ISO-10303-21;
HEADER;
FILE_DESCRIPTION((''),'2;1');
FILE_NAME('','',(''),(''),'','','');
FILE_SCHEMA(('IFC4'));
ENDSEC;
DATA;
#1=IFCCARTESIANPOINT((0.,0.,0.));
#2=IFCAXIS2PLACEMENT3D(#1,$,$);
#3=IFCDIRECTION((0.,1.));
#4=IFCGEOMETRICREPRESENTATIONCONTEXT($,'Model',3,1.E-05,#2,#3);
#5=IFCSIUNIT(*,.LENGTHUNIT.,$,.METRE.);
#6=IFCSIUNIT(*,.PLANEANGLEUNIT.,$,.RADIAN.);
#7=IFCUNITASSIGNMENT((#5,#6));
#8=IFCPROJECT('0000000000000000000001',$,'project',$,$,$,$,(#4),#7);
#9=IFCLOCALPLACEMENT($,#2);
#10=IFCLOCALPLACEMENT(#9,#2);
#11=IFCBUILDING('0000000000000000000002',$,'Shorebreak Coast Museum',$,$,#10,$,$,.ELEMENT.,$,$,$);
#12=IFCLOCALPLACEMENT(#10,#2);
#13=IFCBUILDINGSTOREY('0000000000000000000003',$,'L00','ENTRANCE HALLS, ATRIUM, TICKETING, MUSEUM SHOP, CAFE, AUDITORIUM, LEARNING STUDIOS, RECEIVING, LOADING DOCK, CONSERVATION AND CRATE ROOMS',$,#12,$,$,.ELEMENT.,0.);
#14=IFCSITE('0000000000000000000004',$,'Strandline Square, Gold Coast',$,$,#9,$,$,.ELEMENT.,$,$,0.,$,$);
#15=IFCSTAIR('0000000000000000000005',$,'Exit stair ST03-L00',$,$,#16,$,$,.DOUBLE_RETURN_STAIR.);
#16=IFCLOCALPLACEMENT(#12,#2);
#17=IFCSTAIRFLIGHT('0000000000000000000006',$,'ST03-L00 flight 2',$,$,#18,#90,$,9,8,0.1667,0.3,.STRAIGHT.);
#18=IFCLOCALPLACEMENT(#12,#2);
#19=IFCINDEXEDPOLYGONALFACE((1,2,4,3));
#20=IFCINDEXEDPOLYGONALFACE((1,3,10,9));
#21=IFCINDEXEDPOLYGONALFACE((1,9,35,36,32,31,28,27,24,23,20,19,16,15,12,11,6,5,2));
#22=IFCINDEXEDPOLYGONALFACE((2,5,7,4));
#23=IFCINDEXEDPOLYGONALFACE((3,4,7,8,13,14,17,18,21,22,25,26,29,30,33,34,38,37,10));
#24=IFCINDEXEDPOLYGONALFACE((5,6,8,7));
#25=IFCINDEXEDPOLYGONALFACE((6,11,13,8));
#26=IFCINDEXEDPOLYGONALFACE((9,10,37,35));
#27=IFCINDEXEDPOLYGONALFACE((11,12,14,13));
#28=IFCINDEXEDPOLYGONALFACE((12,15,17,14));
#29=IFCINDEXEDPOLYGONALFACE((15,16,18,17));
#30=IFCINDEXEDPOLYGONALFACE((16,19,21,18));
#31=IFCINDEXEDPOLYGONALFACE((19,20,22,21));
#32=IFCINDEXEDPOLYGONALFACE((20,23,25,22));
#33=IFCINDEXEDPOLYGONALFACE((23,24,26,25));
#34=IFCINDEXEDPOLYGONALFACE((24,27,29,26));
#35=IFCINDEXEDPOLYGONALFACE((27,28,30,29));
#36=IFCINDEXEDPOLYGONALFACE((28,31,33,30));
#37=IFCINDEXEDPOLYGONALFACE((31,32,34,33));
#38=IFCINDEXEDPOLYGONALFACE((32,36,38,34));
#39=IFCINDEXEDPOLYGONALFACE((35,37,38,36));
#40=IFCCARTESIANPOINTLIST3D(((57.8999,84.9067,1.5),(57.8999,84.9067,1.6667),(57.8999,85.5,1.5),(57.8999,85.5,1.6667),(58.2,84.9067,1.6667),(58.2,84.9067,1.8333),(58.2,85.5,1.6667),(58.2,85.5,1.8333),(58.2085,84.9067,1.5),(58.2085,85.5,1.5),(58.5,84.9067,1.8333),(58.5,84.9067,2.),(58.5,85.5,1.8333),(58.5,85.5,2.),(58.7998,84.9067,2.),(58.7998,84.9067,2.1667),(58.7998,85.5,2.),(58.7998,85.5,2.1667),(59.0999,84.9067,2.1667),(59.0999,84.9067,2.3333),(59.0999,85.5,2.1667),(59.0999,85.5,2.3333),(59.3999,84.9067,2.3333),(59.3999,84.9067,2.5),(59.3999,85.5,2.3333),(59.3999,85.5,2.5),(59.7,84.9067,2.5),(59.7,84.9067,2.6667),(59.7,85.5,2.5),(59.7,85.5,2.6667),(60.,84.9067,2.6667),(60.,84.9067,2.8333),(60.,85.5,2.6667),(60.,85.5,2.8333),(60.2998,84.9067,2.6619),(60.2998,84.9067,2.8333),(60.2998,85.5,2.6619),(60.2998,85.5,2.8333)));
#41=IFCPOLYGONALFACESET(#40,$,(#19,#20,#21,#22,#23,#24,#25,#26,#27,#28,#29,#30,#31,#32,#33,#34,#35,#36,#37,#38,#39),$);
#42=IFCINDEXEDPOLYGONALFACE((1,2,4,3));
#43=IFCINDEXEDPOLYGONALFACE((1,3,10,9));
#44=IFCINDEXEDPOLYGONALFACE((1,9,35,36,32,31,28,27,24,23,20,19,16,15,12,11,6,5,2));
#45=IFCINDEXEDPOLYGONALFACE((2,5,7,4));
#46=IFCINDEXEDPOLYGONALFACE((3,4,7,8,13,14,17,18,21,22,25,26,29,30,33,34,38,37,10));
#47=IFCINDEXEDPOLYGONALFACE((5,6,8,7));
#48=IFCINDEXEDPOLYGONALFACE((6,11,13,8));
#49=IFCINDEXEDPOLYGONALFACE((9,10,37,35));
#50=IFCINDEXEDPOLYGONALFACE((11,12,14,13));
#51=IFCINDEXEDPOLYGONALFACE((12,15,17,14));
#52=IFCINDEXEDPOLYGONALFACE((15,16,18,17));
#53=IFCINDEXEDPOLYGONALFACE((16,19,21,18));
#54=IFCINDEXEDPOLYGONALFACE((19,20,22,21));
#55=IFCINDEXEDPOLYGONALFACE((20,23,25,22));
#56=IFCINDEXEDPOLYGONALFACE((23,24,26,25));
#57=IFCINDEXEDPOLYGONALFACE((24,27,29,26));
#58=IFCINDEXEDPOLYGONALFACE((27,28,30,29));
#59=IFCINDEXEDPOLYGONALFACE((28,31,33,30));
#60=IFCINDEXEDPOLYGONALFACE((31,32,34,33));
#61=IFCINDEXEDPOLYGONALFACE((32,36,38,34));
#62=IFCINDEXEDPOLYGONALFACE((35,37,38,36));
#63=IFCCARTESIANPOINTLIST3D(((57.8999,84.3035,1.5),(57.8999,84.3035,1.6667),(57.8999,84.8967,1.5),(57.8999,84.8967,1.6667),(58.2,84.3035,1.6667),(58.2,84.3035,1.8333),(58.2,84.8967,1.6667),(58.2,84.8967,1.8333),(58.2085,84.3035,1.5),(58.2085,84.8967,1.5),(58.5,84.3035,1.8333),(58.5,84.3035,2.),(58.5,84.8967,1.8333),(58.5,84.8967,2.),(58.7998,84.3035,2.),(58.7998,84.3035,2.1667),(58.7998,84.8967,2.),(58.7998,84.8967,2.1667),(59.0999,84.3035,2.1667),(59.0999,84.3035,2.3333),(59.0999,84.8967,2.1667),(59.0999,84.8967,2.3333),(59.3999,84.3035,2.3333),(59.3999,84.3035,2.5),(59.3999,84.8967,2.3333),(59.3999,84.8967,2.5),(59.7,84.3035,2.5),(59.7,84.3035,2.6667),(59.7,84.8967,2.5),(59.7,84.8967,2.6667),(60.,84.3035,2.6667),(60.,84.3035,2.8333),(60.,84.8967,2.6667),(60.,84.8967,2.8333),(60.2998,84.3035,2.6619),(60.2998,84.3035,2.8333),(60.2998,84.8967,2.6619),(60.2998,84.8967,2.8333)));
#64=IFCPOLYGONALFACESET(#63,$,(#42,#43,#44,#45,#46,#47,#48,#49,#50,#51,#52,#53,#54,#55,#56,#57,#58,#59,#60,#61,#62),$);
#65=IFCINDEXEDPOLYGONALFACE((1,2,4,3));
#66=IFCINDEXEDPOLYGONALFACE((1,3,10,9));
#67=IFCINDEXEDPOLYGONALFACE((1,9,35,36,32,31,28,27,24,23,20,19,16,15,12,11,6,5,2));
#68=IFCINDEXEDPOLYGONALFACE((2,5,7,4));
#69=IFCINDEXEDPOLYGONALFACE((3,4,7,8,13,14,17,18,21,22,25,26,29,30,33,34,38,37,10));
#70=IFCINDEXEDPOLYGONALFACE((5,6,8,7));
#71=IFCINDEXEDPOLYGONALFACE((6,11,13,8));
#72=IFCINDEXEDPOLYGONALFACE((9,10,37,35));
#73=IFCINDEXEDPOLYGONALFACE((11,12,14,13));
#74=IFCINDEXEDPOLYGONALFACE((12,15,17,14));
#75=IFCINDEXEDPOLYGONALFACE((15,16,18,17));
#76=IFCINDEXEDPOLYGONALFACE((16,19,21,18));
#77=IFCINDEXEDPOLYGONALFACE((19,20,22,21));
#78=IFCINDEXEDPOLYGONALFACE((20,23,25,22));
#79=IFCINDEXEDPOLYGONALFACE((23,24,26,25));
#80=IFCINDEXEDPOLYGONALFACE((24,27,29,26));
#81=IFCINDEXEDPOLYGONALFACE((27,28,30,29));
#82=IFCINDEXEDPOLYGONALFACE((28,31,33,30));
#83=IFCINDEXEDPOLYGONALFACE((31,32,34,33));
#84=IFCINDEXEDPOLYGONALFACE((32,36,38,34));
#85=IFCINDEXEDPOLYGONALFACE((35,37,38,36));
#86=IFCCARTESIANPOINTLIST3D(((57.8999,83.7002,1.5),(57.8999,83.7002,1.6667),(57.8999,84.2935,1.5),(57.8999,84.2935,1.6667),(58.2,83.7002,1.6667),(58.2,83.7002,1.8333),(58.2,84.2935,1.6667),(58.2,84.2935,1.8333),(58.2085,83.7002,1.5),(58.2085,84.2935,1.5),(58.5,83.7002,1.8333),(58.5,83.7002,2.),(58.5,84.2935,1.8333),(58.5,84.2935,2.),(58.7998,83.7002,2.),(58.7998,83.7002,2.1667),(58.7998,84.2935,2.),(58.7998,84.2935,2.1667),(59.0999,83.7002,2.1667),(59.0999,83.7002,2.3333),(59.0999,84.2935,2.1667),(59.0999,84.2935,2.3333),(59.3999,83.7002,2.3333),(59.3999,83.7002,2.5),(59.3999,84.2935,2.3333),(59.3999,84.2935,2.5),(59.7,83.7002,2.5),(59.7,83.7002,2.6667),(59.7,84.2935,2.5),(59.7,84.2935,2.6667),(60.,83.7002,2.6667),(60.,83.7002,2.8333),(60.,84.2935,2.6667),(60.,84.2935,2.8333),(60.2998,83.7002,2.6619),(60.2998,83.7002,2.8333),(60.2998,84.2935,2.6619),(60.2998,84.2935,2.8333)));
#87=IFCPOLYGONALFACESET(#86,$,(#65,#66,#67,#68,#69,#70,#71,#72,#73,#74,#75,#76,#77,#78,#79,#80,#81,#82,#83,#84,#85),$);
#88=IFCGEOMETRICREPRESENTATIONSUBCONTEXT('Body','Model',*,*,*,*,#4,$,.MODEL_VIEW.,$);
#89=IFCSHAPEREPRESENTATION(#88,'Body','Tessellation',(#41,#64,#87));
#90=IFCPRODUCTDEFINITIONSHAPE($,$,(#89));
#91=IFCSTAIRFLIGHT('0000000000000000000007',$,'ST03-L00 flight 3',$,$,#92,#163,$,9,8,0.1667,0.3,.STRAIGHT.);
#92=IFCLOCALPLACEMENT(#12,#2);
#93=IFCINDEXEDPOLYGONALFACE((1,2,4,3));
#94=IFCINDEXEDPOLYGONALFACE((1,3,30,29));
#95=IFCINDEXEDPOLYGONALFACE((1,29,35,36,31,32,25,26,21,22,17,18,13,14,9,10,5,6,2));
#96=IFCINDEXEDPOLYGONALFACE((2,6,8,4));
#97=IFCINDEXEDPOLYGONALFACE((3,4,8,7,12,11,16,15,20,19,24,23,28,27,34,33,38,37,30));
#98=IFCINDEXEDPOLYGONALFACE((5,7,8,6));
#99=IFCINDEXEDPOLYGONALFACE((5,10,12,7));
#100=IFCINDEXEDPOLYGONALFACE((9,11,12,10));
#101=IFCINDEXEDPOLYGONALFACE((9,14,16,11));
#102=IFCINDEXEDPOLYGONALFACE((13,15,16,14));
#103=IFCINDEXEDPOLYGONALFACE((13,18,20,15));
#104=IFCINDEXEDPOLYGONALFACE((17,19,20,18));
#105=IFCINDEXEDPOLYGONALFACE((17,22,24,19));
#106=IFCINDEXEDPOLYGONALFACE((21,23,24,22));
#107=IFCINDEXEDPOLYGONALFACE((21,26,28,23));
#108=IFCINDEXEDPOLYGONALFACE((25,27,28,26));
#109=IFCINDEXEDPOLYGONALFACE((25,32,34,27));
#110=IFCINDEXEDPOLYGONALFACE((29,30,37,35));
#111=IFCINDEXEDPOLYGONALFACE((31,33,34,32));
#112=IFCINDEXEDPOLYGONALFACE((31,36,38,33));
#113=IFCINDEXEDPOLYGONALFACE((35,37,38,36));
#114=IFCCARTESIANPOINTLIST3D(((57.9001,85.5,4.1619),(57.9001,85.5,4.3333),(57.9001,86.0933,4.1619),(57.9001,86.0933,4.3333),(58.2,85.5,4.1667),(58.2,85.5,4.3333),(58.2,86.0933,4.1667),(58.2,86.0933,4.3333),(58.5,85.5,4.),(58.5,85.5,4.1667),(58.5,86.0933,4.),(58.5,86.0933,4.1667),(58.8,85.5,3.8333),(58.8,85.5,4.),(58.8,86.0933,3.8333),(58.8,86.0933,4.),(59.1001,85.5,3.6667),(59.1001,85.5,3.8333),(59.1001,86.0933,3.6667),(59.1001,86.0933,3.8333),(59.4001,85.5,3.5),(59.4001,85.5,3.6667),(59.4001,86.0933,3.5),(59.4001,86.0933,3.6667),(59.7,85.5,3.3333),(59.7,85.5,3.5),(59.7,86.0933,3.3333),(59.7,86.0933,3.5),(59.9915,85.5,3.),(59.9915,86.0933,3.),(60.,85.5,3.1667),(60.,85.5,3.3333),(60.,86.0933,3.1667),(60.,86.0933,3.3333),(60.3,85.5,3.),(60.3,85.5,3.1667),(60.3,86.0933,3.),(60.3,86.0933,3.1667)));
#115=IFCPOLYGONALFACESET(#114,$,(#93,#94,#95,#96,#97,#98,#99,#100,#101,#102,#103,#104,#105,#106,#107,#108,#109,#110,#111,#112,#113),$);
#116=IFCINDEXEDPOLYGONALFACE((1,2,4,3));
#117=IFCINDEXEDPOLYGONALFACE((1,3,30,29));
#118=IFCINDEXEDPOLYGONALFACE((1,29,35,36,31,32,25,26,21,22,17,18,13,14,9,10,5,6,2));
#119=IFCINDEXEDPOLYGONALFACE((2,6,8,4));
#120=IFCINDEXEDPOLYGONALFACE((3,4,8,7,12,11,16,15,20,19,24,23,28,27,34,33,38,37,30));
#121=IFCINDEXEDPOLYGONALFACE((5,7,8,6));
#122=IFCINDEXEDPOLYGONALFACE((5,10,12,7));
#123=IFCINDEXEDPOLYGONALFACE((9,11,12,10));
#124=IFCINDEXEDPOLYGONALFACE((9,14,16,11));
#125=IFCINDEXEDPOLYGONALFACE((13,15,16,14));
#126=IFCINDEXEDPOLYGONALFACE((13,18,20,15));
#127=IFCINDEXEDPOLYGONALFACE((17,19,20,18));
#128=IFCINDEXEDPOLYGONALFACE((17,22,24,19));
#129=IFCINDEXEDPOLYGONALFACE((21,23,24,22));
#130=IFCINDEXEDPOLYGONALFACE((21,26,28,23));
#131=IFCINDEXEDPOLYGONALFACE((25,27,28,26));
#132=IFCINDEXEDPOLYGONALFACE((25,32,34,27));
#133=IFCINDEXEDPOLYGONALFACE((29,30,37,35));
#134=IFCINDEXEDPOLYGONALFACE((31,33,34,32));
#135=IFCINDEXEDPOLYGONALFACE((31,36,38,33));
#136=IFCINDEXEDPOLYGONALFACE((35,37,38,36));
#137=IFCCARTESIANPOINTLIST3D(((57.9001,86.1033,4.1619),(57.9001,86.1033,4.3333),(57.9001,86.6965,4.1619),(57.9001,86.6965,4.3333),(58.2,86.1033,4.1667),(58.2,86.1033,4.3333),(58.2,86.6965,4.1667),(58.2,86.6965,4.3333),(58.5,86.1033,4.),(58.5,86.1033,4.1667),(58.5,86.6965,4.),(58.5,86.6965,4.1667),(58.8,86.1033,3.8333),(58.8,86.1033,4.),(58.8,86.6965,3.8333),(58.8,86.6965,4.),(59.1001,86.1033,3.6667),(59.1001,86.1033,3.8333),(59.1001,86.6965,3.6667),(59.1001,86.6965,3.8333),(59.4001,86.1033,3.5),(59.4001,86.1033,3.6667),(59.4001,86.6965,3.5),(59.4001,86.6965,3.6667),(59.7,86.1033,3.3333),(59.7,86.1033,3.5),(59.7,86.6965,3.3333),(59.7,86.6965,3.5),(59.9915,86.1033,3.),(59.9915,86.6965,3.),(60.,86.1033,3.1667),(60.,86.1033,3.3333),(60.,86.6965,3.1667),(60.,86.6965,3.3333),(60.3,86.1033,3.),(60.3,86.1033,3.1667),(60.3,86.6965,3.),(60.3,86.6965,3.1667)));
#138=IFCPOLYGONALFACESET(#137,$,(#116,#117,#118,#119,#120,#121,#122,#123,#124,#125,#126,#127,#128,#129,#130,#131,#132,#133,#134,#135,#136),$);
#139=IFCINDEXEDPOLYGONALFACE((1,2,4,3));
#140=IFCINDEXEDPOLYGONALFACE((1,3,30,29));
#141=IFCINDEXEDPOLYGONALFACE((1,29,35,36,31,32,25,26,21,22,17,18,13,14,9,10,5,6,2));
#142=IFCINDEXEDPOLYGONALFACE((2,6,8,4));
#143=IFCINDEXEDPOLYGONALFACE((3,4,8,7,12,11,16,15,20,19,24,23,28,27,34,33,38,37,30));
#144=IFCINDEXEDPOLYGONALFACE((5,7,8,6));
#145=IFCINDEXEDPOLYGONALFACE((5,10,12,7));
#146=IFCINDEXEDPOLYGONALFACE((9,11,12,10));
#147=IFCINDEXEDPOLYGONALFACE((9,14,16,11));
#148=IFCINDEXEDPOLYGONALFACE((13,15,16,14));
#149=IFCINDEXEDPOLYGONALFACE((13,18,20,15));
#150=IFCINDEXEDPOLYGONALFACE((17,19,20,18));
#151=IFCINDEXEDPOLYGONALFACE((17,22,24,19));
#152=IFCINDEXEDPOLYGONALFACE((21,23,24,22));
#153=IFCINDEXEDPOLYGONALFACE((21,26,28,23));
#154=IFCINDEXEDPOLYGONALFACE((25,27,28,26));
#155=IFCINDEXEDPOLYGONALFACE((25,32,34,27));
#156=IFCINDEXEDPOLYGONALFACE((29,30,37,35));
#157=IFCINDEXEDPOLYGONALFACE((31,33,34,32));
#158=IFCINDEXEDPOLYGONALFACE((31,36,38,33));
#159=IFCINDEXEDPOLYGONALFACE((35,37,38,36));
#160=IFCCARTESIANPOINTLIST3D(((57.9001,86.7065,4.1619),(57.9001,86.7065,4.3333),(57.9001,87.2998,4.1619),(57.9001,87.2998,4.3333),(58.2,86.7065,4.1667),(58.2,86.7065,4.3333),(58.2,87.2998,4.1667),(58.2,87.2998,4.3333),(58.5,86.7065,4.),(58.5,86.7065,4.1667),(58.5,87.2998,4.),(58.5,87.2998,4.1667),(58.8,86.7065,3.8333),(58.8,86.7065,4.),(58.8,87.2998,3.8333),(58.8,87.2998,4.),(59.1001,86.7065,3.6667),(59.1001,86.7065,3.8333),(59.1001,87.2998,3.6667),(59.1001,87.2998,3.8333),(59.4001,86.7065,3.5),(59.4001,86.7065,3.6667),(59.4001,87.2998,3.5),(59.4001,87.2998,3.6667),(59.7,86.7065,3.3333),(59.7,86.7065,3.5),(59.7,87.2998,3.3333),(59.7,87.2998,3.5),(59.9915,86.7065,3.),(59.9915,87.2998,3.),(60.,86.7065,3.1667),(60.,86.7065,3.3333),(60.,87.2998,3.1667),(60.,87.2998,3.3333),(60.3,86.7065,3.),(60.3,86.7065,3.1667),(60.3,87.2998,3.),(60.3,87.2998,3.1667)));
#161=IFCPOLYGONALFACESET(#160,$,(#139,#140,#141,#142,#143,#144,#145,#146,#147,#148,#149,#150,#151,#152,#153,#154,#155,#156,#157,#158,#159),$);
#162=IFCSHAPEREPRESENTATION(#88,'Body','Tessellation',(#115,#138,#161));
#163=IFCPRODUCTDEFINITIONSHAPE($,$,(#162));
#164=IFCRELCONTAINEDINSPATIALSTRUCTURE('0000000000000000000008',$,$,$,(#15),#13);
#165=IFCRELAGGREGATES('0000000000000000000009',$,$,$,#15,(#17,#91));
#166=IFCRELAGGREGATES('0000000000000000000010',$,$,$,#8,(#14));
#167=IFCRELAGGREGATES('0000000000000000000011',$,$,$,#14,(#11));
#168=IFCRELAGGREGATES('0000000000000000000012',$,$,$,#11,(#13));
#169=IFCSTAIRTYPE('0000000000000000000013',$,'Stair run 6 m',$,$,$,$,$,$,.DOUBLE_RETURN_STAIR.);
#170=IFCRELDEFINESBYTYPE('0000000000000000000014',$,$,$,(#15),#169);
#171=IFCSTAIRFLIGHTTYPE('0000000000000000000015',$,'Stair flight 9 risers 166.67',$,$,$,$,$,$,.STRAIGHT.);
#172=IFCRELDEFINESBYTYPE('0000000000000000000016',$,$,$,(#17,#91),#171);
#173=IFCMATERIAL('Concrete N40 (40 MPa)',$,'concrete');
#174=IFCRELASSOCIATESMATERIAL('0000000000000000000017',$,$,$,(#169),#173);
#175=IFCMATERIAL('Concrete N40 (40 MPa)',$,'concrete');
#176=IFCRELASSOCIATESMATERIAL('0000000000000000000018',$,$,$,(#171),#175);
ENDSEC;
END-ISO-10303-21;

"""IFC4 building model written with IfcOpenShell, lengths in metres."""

from ifc_helpers import new_model, si_unit, direction, frame, origin, place, context, subcontext, project, spatial, polyline, outline, extrude, material, type_object, element, aggregate, save


model = new_model("IFC4")

# Units and contexts
model_context = context("Model", 3, precision=1e-05, world=origin(), true_north=direction((0.0, 1.0)))
body_context = subcontext(model_context, "Body", "Model", "MODEL_VIEW")
ifc_project = project(units=[si_unit("LENGTHUNIT", "METRE"), si_unit("PLANEANGLEUNIT", "RADIAN")], contexts=[model_context])

# Site, building, storey
site_placement = place(None, origin())
site = spatial("IfcSite", under=ifc_project, at=site_placement, Name="Strandline Square, Gold Coast", CompositionType="ELEMENT", RefElevation=0.0)
building_placement = place(site_placement, origin())
building = spatial("IfcBuilding", under=site, at=building_placement, Name="Shorebreak Coast Museum", CompositionType="ELEMENT")
storey_placement = place(building_placement, origin())
storey = spatial("IfcBuildingStorey", under=building, at=storey_placement, Name="L00", Description="ENTRANCE HALLS, ATRIUM, TICKETING, MUSEUM SHOP, CAFE, AUDITORIUM, LEARNING STUDIOS, RECEIVING, LOADING DOCK, CONSERVATION AND CRATE ROOMS", CompositionType="ELEMENT", Elevation=0.0)

# Stair, stair flights
ifc_material_1 = material(Name="Concrete N40 (40 MPa)", Category="concrete")
stair_type = type_object("IfcStairType", Name="Stair run 6 m", PredefinedType="DOUBLE_RETURN_STAIR", material=ifc_material_1)
stair_placement = place(storey_placement, origin())
stair = element("IfcStair", 1, at=stair_placement, inside=storey, type_object=stair_type, Name="Exit stair ST03-L00", PredefinedType="DOUBLE_RETURN_STAIR")
ifc_material_2 = material(Name="Concrete N40 (40 MPa)", Category="concrete")
stair_flight_type = type_object("IfcStairFlightType", Name="Stair flight 9 risers 166.67", PredefinedType="STRAIGHT", material=ifc_material_2)
stair_flight_1_placement = place(storey_placement, frame((57.8999, 84.6001, 1.5), z_axis=(0.0, 0.0, 1.0), x_axis=(1.0, 0.0, 0.0)))
stair_flight_1 = element("IfcStairFlight", 2, at=stair_flight_1_placement, type_object=stair_flight_type, Name="ST03-L00 flight 2", NumberOfRisers=9, NumberOfTreads=8, PredefinedType="STRAIGHT", RiserHeight=0.1667, TreadLength=0.3, context=body_context, shape_type="SweptSolid", body=[
    extrude(outline(polyline([(0.0, 0.0), (0.0, 0.1667), (0.3, 0.1667), (0.3, 0.3333), (0.6001, 0.3333), (0.6001, 0.5), (0.8999, 0.5), (0.8999, 0.6667), (1.2, 0.6667), (1.2, 0.8333), (1.5, 0.8333), (1.5, 1.0), (1.8, 1.0), (1.8, 1.1667), (2.1001, 1.1667), (2.1001, 1.3333), (2.3999, 1.3333), (2.3999, 1.5), (2.3999, 1.1619), (0.3086, 0.0), (0.0, 0.0)])), frame((0.0, 0.8999, 0.0), z_axis=(0.0, -1.0, 0.0), x_axis=(1.0, 0.0, 0.0)), (0.0, 0.0, 1.0), 0.5933),
    extrude(outline(polyline([(0.0, 0.0), (0.0, 0.1667), (0.3, 0.1667), (0.3, 0.3333), (0.6001, 0.3333), (0.6001, 0.5), (0.8999, 0.5), (0.8999, 0.6667), (1.2, 0.6667), (1.2, 0.8333), (1.5, 0.8333), (1.5, 1.0), (1.8, 1.0), (1.8, 1.1667), (2.1001, 1.1667), (2.1001, 1.3333), (2.3999, 1.3333), (2.3999, 1.5), (2.3999, 1.1619), (0.3086, 0.0), (0.0, 0.0)])), frame((0.0, 0.2966, 0.0), z_axis=(0.0, -1.0, 0.0), x_axis=(1.0, 0.0, 0.0)), (0.0, 0.0, 1.0), 0.5933),
    extrude(outline(polyline([(0.0, 0.0), (0.0, 0.1667), (0.3, 0.1667), (0.3, 0.3333), (0.6001, 0.3333), (0.6001, 0.5), (0.8999, 0.5), (0.8999, 0.6667), (1.2, 0.6667), (1.2, 0.8333), (1.5, 0.8333), (1.5, 1.0), (1.8, 1.0), (1.8, 1.1667), (2.1001, 1.1667), (2.1001, 1.3333), (2.3999, 1.3333), (2.3999, 1.5), (2.3999, 1.1619), (0.3086, 0.0), (0.0, 0.0)])), frame((0.0, -0.3066, 0.0), z_axis=(0.0, -1.0, 0.0), x_axis=(1.0, 0.0, 0.0)), (0.0, 0.0, 1.0), 0.5933),
])
stair_flight_2_placement = place(storey_placement, frame((60.3, 86.3999, 3.0), z_axis=(0.0, 0.0, 1.0), x_axis=(-1.0, 0.0, 0.0)))
stair_flight_2 = element("IfcStairFlight", 3, at=stair_flight_2_placement, type_object=stair_flight_type, Name="ST03-L00 flight 3", NumberOfRisers=9, NumberOfTreads=8, PredefinedType="STRAIGHT", RiserHeight=0.1667, TreadLength=0.3, context=body_context, shape_type="SweptSolid", body=[
    extrude(outline(polyline([(0.0, 0.0), (0.0, 0.1667), (0.3, 0.1667), (0.3, 0.3333), (0.6001, 0.3333), (0.6001, 0.5), (0.8999, 0.5), (0.8999, 0.6667), (1.2, 0.6667), (1.2, 0.8333), (1.5, 0.8333), (1.5, 1.0), (1.8, 1.0), (1.8, 1.1667), (2.1001, 1.1667), (2.1001, 1.3333), (2.3999, 1.3333), (2.3999, 1.5), (2.3999, 1.1619), (0.3086, 0.0), (0.0, 0.0)])), frame((0.0, 0.8999, 0.0), z_axis=(0.0, -1.0, 0.0), x_axis=(1.0, 0.0, 0.0)), (0.0, 0.0, 1.0), 0.5933),
    extrude(outline(polyline([(0.0, 0.0), (0.0, 0.1667), (0.3, 0.1667), (0.3, 0.3333), (0.6001, 0.3333), (0.6001, 0.5), (0.8999, 0.5), (0.8999, 0.6667), (1.2, 0.6667), (1.2, 0.8333), (1.5, 0.8333), (1.5, 1.0), (1.8, 1.0), (1.8, 1.1667), (2.1001, 1.1667), (2.1001, 1.3333), (2.3999, 1.3333), (2.3999, 1.5), (2.3999, 1.1619), (0.3086, 0.0), (0.0, 0.0)])), frame((0.0, 0.2966, 0.0), z_axis=(0.0, -1.0, 0.0), x_axis=(1.0, 0.0, 0.0)), (0.0, 0.0, 1.0), 0.5933),
    extrude(outline(polyline([(0.0, 0.0), (0.0, 0.1667), (0.3, 0.1667), (0.3, 0.3333), (0.6001, 0.3333), (0.6001, 0.5), (0.8999, 0.5), (0.8999, 0.6667), (1.2, 0.6667), (1.2, 0.8333), (1.5, 0.8333), (1.5, 1.0), (1.8, 1.0), (1.8, 1.1667), (2.1001, 1.1667), (2.1001, 1.3333), (2.3999, 1.3333), (2.3999, 1.5), (2.3999, 1.1619), (0.3086, 0.0), (0.0, 0.0)])), frame((0.0, -0.3066, 0.0), z_axis=(0.0, -1.0, 0.0), x_axis=(1.0, 0.0, 0.0)), (0.0, 0.0, 1.0), 0.5933),
])
aggregate(stair, [stair_flight_1, stair_flight_2])

save(model, "model.ifc")
